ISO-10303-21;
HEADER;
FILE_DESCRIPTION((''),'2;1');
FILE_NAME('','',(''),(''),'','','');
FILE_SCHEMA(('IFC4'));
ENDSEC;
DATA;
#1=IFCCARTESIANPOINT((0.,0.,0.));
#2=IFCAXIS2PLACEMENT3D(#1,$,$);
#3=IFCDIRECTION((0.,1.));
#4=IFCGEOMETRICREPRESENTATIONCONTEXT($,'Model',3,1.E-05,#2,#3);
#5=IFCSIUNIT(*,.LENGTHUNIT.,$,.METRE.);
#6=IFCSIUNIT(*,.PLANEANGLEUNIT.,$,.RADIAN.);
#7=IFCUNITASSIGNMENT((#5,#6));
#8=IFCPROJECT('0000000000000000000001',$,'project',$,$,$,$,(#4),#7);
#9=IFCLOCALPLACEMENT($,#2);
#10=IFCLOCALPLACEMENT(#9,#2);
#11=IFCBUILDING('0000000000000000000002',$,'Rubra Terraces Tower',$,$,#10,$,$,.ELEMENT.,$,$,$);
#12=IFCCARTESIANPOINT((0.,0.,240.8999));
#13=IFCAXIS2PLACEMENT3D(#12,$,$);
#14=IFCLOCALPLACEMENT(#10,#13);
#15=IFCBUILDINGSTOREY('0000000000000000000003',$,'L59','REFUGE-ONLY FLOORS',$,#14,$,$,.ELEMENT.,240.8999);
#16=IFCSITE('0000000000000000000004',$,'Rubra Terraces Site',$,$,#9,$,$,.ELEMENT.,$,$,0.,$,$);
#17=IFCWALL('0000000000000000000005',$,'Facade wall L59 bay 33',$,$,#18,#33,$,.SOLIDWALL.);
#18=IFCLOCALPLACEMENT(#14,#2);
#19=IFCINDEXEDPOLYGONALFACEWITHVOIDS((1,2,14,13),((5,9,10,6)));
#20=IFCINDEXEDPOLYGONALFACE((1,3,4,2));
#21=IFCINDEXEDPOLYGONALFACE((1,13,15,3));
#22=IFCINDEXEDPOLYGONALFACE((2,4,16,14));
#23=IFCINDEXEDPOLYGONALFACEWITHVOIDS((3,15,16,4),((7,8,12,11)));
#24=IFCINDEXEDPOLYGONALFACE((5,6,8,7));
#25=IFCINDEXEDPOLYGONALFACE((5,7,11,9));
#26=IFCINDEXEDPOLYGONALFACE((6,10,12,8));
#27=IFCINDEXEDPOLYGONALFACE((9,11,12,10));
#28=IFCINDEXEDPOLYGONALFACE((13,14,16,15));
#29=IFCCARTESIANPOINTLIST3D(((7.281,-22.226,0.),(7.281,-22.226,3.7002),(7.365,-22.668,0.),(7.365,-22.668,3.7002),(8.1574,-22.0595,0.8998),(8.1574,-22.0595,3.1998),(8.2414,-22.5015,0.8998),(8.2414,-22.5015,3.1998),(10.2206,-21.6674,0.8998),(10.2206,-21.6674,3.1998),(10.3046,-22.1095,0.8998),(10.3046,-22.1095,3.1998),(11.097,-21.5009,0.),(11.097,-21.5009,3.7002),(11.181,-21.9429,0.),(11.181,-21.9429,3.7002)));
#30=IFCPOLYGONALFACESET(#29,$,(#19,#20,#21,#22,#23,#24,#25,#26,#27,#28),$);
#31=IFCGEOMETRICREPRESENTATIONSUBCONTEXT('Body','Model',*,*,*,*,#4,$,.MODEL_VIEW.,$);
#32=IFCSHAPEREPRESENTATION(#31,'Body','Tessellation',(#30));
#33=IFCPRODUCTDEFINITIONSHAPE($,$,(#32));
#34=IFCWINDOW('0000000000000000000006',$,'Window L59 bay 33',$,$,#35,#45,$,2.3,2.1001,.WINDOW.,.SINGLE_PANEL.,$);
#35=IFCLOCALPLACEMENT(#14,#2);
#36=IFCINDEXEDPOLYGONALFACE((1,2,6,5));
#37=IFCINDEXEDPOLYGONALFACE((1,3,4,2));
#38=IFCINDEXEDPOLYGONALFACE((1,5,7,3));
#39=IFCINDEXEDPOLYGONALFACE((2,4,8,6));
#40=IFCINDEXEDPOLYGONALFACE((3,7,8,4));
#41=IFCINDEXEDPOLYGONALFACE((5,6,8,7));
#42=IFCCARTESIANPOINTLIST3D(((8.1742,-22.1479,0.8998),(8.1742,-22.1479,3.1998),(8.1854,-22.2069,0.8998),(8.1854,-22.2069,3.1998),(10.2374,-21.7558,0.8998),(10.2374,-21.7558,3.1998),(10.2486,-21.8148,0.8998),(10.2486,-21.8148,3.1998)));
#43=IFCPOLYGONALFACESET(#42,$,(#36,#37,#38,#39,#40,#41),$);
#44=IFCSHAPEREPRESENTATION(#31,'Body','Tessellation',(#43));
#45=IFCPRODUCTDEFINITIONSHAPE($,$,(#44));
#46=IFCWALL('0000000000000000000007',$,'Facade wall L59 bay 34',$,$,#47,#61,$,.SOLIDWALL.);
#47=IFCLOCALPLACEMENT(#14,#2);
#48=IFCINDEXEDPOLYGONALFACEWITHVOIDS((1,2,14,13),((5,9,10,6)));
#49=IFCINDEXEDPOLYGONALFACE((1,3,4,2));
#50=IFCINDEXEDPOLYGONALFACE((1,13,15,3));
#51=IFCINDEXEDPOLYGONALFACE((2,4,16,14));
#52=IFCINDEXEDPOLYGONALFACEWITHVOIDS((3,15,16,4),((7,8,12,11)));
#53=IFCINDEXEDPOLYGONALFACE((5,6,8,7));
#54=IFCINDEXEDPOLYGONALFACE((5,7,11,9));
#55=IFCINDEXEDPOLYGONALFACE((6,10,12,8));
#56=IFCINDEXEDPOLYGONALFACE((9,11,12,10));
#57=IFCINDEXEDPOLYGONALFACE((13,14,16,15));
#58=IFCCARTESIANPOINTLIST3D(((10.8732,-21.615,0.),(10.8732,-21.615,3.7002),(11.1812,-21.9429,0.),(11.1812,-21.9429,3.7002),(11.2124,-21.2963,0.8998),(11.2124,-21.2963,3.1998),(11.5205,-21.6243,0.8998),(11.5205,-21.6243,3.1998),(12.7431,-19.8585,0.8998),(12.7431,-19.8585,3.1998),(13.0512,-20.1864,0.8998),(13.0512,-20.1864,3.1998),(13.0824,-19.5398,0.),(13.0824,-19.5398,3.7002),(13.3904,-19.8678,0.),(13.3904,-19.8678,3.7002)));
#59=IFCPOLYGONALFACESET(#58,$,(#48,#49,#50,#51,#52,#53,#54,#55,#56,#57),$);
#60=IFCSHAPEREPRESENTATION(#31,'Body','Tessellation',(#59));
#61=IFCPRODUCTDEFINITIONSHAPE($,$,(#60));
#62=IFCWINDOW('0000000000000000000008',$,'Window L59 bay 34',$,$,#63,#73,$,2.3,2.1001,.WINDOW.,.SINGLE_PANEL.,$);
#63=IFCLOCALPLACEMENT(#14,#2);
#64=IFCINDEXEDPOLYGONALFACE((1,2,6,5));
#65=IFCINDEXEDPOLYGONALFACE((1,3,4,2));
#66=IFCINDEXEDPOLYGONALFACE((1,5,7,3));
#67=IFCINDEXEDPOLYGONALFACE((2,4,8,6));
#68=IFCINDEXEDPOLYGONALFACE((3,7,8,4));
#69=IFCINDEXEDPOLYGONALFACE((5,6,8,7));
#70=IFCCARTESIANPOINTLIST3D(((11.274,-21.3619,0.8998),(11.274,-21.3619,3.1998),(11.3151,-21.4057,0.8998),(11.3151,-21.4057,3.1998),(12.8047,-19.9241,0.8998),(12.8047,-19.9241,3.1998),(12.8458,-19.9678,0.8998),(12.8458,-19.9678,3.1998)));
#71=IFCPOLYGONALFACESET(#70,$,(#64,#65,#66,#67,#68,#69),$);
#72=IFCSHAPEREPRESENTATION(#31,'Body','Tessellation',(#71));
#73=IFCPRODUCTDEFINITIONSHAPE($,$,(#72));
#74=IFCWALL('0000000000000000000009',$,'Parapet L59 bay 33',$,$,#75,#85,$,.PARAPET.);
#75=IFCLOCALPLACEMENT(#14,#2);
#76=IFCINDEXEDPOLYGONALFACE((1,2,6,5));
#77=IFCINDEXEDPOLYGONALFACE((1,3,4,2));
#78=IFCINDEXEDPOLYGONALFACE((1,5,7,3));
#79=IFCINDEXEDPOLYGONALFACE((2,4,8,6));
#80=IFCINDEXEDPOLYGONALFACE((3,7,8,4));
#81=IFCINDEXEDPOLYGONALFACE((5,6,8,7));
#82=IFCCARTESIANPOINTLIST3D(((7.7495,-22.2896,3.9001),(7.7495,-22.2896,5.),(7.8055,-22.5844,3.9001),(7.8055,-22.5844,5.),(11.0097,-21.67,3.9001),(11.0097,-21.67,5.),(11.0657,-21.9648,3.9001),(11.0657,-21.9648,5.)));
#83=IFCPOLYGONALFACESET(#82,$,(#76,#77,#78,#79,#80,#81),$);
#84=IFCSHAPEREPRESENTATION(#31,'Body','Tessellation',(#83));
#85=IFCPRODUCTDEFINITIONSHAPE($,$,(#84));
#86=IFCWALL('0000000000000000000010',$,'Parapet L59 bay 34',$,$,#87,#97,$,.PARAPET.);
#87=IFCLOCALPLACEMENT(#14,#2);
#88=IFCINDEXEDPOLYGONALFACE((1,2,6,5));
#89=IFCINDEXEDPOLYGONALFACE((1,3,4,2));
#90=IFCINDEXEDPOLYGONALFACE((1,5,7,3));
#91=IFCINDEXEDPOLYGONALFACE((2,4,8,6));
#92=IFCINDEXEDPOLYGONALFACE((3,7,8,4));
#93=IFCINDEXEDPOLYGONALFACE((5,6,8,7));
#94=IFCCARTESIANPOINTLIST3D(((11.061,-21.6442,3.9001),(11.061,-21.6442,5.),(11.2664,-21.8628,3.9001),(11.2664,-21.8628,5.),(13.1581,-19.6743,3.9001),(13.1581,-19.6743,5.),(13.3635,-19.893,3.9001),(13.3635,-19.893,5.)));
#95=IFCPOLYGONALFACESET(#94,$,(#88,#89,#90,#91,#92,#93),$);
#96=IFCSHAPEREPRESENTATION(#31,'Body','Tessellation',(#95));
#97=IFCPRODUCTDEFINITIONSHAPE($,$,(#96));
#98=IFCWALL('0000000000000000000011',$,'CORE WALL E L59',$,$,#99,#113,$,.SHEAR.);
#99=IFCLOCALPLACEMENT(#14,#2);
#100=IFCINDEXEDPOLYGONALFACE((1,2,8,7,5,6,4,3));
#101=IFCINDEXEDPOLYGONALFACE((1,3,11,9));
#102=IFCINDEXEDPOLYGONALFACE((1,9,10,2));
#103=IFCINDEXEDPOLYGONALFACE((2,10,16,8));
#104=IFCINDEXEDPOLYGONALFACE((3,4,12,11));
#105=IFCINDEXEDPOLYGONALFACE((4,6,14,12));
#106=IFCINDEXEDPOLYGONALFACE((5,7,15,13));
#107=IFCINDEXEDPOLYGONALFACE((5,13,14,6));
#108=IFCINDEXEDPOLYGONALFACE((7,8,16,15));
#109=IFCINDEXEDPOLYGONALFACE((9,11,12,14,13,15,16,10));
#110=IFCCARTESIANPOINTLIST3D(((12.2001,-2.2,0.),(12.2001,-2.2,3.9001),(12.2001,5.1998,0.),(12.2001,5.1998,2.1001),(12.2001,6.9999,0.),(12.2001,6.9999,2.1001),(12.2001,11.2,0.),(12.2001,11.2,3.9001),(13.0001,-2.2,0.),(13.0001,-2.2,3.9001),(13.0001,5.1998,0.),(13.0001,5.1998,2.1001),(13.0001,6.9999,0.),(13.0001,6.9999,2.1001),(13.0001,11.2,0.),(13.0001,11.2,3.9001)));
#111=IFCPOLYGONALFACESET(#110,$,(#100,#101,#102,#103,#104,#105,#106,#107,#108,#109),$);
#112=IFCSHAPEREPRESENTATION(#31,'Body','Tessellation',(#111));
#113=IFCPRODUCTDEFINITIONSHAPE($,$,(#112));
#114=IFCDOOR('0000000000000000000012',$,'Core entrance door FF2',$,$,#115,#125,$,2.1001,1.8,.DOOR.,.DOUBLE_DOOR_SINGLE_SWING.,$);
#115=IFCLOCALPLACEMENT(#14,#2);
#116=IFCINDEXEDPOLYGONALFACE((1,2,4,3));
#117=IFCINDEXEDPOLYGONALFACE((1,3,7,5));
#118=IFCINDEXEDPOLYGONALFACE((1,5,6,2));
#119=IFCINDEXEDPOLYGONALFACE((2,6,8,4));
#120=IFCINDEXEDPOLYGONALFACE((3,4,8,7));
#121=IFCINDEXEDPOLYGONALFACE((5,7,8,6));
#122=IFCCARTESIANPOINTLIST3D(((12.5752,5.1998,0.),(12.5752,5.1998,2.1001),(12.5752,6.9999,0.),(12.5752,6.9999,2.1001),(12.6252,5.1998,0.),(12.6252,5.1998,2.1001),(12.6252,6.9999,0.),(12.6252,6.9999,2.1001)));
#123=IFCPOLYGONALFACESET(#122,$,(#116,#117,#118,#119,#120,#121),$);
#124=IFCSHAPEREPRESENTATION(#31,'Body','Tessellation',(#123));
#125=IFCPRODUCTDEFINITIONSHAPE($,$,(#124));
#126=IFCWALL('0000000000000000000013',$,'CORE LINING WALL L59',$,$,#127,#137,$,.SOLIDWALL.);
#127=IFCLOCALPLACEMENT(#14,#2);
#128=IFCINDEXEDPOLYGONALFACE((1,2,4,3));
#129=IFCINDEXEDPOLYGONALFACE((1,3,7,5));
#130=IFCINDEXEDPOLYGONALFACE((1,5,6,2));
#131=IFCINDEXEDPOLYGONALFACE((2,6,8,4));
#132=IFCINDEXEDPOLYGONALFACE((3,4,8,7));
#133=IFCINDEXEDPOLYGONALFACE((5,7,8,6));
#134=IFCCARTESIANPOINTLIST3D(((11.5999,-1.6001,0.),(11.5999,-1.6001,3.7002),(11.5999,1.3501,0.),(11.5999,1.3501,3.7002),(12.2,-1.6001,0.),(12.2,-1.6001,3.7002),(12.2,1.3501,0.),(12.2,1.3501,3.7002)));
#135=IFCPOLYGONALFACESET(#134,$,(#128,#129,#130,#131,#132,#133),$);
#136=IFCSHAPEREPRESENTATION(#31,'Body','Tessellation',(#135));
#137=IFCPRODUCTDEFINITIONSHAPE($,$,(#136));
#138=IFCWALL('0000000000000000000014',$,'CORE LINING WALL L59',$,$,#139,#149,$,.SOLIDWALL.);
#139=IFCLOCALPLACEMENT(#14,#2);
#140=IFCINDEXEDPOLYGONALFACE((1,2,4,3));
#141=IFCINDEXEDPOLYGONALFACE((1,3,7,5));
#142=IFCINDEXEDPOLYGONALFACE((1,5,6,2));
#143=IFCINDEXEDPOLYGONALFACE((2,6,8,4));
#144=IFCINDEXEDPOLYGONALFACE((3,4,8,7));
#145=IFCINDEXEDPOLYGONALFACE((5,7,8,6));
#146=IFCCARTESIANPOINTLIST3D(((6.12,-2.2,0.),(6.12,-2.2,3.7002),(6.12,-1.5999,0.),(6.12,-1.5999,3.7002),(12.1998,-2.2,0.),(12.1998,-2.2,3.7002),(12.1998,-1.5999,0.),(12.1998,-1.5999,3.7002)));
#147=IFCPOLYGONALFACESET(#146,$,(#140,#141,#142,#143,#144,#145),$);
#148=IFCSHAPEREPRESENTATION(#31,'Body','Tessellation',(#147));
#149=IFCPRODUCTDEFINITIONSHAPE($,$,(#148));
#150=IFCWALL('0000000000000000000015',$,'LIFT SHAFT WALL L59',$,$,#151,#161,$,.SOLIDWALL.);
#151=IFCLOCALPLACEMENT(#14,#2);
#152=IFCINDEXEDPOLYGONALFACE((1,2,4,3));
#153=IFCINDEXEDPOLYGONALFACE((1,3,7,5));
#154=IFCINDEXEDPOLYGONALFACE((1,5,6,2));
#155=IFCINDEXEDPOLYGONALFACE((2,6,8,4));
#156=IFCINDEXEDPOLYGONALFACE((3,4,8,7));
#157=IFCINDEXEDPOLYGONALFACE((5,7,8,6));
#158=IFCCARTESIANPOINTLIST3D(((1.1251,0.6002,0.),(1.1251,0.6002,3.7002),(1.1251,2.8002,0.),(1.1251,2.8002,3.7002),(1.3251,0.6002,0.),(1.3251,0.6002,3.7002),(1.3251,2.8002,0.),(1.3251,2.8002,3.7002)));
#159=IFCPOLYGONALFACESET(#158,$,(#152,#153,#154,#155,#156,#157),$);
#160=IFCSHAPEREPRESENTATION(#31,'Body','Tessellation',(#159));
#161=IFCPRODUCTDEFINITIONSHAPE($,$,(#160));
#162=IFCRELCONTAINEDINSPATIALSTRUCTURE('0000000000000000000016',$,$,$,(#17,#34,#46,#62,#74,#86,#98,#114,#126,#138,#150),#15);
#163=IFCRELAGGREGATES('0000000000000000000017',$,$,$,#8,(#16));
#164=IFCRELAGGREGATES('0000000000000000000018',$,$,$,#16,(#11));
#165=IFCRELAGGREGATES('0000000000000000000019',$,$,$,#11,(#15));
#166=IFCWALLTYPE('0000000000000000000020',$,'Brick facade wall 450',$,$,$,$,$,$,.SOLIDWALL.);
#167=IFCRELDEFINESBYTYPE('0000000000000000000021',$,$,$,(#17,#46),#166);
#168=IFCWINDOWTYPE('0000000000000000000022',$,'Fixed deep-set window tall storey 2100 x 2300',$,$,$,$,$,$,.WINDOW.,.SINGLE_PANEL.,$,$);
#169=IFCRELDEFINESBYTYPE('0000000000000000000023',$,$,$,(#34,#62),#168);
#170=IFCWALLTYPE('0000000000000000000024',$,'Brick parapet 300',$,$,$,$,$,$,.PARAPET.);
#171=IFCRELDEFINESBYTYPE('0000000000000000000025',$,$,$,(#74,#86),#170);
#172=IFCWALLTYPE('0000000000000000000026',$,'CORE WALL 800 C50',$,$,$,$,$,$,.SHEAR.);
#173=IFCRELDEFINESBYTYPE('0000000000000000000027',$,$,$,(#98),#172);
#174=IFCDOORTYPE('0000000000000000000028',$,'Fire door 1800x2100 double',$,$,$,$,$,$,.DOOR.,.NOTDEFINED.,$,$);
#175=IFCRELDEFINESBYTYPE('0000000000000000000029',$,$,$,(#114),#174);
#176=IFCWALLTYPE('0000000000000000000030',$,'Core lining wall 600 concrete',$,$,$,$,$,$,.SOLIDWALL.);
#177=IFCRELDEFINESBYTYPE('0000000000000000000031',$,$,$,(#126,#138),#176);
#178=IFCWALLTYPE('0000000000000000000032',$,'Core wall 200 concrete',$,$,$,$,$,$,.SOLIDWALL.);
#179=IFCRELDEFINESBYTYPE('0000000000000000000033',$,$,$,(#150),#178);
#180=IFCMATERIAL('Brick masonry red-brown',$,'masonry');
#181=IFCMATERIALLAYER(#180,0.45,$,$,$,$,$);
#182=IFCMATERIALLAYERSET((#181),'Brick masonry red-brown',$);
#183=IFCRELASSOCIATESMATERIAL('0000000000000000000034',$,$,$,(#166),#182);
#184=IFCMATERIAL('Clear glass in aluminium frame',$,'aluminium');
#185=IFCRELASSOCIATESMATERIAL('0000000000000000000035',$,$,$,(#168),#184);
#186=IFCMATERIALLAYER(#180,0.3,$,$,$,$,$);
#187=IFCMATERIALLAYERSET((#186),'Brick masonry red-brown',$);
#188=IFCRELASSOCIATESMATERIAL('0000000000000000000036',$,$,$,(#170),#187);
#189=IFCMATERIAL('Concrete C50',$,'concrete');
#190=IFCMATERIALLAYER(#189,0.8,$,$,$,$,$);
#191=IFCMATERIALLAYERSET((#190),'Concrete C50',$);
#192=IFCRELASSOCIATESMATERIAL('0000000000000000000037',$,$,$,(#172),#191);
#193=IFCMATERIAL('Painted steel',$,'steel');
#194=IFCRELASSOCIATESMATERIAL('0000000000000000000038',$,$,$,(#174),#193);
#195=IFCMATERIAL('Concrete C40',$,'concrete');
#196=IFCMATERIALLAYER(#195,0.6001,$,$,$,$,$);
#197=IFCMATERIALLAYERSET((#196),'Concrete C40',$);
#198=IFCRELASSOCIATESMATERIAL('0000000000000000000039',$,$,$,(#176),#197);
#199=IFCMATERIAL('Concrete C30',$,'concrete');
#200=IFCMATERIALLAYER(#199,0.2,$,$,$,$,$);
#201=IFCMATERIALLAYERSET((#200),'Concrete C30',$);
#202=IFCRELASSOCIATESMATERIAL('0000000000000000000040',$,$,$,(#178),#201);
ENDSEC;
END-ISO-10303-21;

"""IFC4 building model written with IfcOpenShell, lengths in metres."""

from ifc_helpers import new_model, si_unit, direction, frame, frame_2d, origin, place, context, subcontext, project, spatial, rectangle, extrude, material, layer, layer_set, type_object, element, fill, save


model = new_model("IFC4")

# Units and contexts
model_context = context("Model", 3, precision=1e-05, world=origin(), true_north=direction((0.0, 1.0)))
body_context = subcontext(model_context, "Body", "Model", "MODEL_VIEW")
ifc_project = project(units=[si_unit("LENGTHUNIT", "METRE"), si_unit("PLANEANGLEUNIT", "RADIAN")], contexts=[model_context])

# Site, building, storey
site_placement = place(None, origin())
site = spatial("IfcSite", under=ifc_project, at=site_placement, Name="Rubra Terraces Site", CompositionType="ELEMENT", RefElevation=0.0)
building_placement = place(site_placement, origin())
building = spatial("IfcBuilding", under=site, at=building_placement, Name="Rubra Terraces Tower", CompositionType="ELEMENT")
storey_placement = place(building_placement, frame((0.0, 0.0, 240.8999)))
storey = spatial("IfcBuildingStorey", under=building, at=storey_placement, Name="L59", Description="REFUGE-ONLY FLOORS", CompositionType="ELEMENT", Elevation=240.8999)

# Shared definitions
ifc_material_1 = material(Name="Concrete C50", Category="concrete")

# Shared definitions
ifc_material_2 = material(Name="Concrete C40", Category="concrete")

# Walls, openings, windows
ifc_material_3 = material(Name="Brick masonry red-brown", Category="masonry")
ifc_layer_1 = layer(ifc_material_3, 0.45)
ifc_layer_set_1 = layer_set([ifc_layer_1], Name="Brick masonry red-brown")
wall_type_1 = type_object("IfcWallType", Name="Brick facade wall 450", PredefinedType="SOLIDWALL", material=ifc_layer_set_1)
ifc_material_4 = material(Name="Clear glass in aluminium frame", Category="aluminium")
window_type = type_object("IfcWindowType", Name="Fixed deep-set window tall storey 2100 x 2300", PartitioningType="SINGLE_PANEL", PredefinedType="WINDOW", material=ifc_material_4)
wall_1_placement = place(storey_placement, frame((7.323, -22.447, 0.0), z_axis=(0.0, 0.0, 1.0), x_axis=(0.982421, 0.186679, 0.0)))
wall_1 = element("IfcWall", 1, at=wall_1_placement, inside=storey, type_object=wall_type_1, Name="Facade wall L59 bay 33", PredefinedType="SOLIDWALL", context=body_context, shape_type="SweptSolid", body=[
    extrude(rectangle(XDim=3.8843, YDim=0.45, at=frame_2d((1.9421, 0.0))), origin(), (0.0, 0.0, 1.0), 3.7002),
])
opening_1_placement = place(wall_1_placement, frame((0.8921, 0.0, 0.8999)))
opening_1 = element("IfcOpeningElement", 2, at=opening_1_placement, cuts=wall_1, PredefinedType="OPENING", context=body_context, shape_type="SweptSolid", body=[
    extrude(rectangle(XDim=2.1001, YDim=2.3, at=frame_2d((1.05, 1.1499))), frame((0.0, 0.2349, 0.0), z_axis=(0.0, -1.0, 0.0), x_axis=(1.0, 0.0, 0.0)), (0.0, 0.0, 1.0), 0.47),
])
window_1_placement = place(opening_1_placement, origin())
window_1 = element("IfcWindow", 3, at=window_1_placement, inside=storey, type_object=window_type, Name="Window L59 bay 33", OverallHeight=2.3, OverallWidth=2.1001, PartitioningType="SINGLE_PANEL", PredefinedType="WINDOW", context=body_context, shape_type="SweptSolid", body=[
    extrude(rectangle(XDim=2.1001, YDim=2.3, at=frame_2d((1.05, 1.1499))), frame((0.0, 0.135, 0.0), z_axis=(0.0, -1.0, 0.0), x_axis=(1.0, 0.0, 0.0)), (0.0, 0.0, 1.0), 0.0601),
])
fill(opening_1, window_1)
wall_2_placement = place(storey_placement, frame((11.0271, -21.7791, 0.0), z_axis=(0.0, 0.0, 1.0), x_axis=(0.728871, 0.684651, 0.0)))
wall_2 = element("IfcWall", 4, at=wall_2_placement, inside=storey, type_object=wall_type_1, Name="Facade wall L59 bay 34", PredefinedType="SOLIDWALL", context=body_context, shape_type="SweptSolid", body=[
    extrude(rectangle(XDim=3.031, YDim=0.45, at=frame_2d((1.5156, 0.0))), origin(), (0.0, 0.0, 1.0), 3.7002),
])
opening_2_placement = place(wall_2_placement, frame((0.4656, 0.0, 0.8999)))
opening_2 = element("IfcOpeningElement", 5, at=opening_2_placement, cuts=wall_2, PredefinedType="OPENING", context=body_context, shape_type="SweptSolid", body=[
    extrude(rectangle(XDim=2.1001, YDim=2.3, at=frame_2d((1.05, 1.1499))), frame((0.0, 0.2349, 0.0), z_axis=(0.0, -1.0, 0.0), x_axis=(1.0, 0.0, 0.0)), (0.0, 0.0, 1.0), 0.47),
])
window_2_placement = place(opening_2_placement, origin())
window_2 = element("IfcWindow", 6, at=window_2_placement, inside=storey, type_object=window_type, Name="Window L59 bay 34", OverallHeight=2.3, OverallWidth=2.1001, PartitioningType="SINGLE_PANEL", PredefinedType="WINDOW", context=body_context, shape_type="SweptSolid", body=[
    extrude(rectangle(XDim=2.1001, YDim=2.3, at=frame_2d((1.05, 1.1499))), frame((0.0, 0.135, 0.0), z_axis=(0.0, -1.0, 0.0), x_axis=(1.0, 0.0, 0.0)), (0.0, 0.0, 1.0), 0.0601),
])
fill(opening_2, window_2)

# Walls
ifc_layer_2 = layer(ifc_material_3, 0.3)
ifc_layer_set_2 = layer_set([ifc_layer_2], Name="Brick masonry red-brown")
wall_type_2 = type_object("IfcWallType", Name="Brick parapet 300", PredefinedType="PARAPET", material=ifc_layer_set_2)
wall_3_placement = place(storey_placement, frame((7.7776, -22.437, 3.9001), z_axis=(0.0, 0.0, 1.0), x_axis=(0.982414, 0.186713, 0.0)))
element("IfcWall", 7, at=wall_3_placement, inside=storey, type_object=wall_type_2, Name="Parapet L59 bay 33", PredefinedType="PARAPET", context=body_context, shape_type="SweptSolid", body=[
    extrude(rectangle(XDim=3.3186, YDim=0.3, at=frame_2d((1.6592, 0.0))), origin(), (0.0, 0.0, 1.0), 1.0999),
])
wall_4_placement = place(storey_placement, frame((11.1638, -21.7534, 3.9001), z_axis=(0.0, 0.0, 1.0), x_axis=(0.728865, 0.684658, 0.0)))
element("IfcWall", 8, at=wall_4_placement, inside=storey, type_object=wall_type_2, Name="Parapet L59 bay 34", PredefinedType="PARAPET", context=body_context, shape_type="SweptSolid", body=[
    extrude(rectangle(XDim=2.8772, YDim=0.3, at=frame_2d((1.4385, 0.0))), origin(), (0.0, 0.0, 1.0), 1.0999),
])

# Wall, opening, door
ifc_layer_3 = layer(ifc_material_1, 0.8)
ifc_layer_set_3 = layer_set([ifc_layer_3], Name="Concrete C50")
wall_type_3 = type_object("IfcWallType", Name="CORE WALL 800 C50", PredefinedType="SHEAR", material=ifc_layer_set_3)
wall_5_placement = place(storey_placement, frame((12.6001, -2.2, 0.0), z_axis=(0.0, 0.0, 1.0), x_axis=(0.0, 1.0, 0.0)))
wall_5 = element("IfcWall", 9, at=wall_5_placement, inside=storey, type_object=wall_type_3, Name="CORE WALL E L59", PredefinedType="SHEAR", context=body_context, shape_type="SweptSolid", body=[
    extrude(rectangle(XDim=13.3999, YDim=0.8, at=frame_2d((6.7, 0.0))), origin(), (0.0, 0.0, 1.0), 3.9001),
])
opening_3_placement = place(wall_5_placement, frame((7.3999, 0.0, 0.0)))
opening_3 = element("IfcOpeningElement", 10, at=opening_3_placement, cuts=wall_5, PredefinedType="OPENING", context=body_context, shape_type="SweptSolid", body=[
    extrude(rectangle(XDim=1.8, YDim=2.1001, at=frame_2d((0.8999, 1.05))), frame((0.0, 0.4099, 0.0), z_axis=(0.0, -1.0, 0.0), x_axis=(1.0, 0.0, 0.0)), (0.0, 0.0, 1.0), 0.8201),
])
ifc_material_5 = material(Name="Painted steel", Category="steel")
door_type = type_object("IfcDoorType", Name="Fire door 1800x2100 double", OperationType="NOTDEFINED", PredefinedType="DOOR", material=ifc_material_5)
door_placement = place(opening_3_placement, origin())
door = element("IfcDoor", 11, at=door_placement, inside=storey, type_object=door_type, Name="Core entrance door FF2", OperationType="DOUBLE_DOOR_SINGLE_SWING", OverallHeight=2.1001, OverallWidth=1.8, PredefinedType="DOOR", context=body_context, shape_type="SweptSolid", body=[
    extrude(rectangle(XDim=1.8, YDim=2.1001, at=frame_2d((0.8999, 1.05))), frame((0.0, 0.0249, 0.0), z_axis=(0.0, -1.0, 0.0), x_axis=(1.0, 0.0, 0.0)), (0.0, 0.0, 1.0), 0.05),
])
fill(opening_3, door)

# Walls
ifc_layer_4 = layer(ifc_material_2, 0.6001)
ifc_layer_set_4 = layer_set([ifc_layer_4], Name="Concrete C40")
wall_type_4 = type_object("IfcWallType", Name="Core lining wall 600 concrete", PredefinedType="SOLIDWALL", material=ifc_layer_set_4)
wall_6_placement = place(storey_placement, frame((11.8999, 1.3501, 0.0), z_axis=(0.0, 0.0, 1.0), x_axis=(0.0, -1.0, 0.0)))
element("IfcWall", 12, at=wall_6_placement, inside=storey, type_object=wall_type_4, Name="CORE LINING WALL L59", PredefinedType="SOLIDWALL", context=body_context, shape_type="SweptSolid", body=[
    extrude(rectangle(XDim=2.9502, YDim=0.6001, at=frame_2d((1.4751, 0.0))), origin(), (0.0, 0.0, 1.0), 3.7002),
])
wall_7_placement = place(storey_placement, frame((12.2, -1.8999, 0.0), z_axis=(0.0, 0.0, 1.0), x_axis=(-1.0, 0.0, 0.0)))
element("IfcWall", 13, at=wall_7_placement, inside=storey, type_object=wall_type_4, Name="CORE LINING WALL L59", PredefinedType="SOLIDWALL", context=body_context, shape_type="SweptSolid", body=[
    extrude(rectangle(XDim=6.0798, YDim=0.6001, at=frame_2d((3.04, 0.0))), origin(), (0.0, 0.0, 1.0), 3.7002),
])
ifc_material_6 = material(Name="Concrete C30", Category="concrete")
ifc_layer_5 = layer(ifc_material_6, 0.2)
ifc_layer_set_5 = layer_set([ifc_layer_5], Name="Concrete C30")
wall_type_5 = type_object("IfcWallType", Name="Core wall 200 concrete", PredefinedType="SOLIDWALL", material=ifc_layer_set_5)
wall_8_placement = place(storey_placement, frame((1.2251, 0.6001, 0.0), z_axis=(0.0, 0.0, 1.0), x_axis=(0.0, 1.0, 0.0)))
element("IfcWall", 14, at=wall_8_placement, inside=storey, type_object=wall_type_5, Name="LIFT SHAFT WALL L59", PredefinedType="SOLIDWALL", context=body_context, shape_type="SweptSolid", body=[
    extrude(rectangle(XDim=2.2, YDim=0.2, at=frame_2d((1.1001, 0.0))), origin(), (0.0, 0.0, 1.0), 3.7002),
])

save(model, "model.ifc")
